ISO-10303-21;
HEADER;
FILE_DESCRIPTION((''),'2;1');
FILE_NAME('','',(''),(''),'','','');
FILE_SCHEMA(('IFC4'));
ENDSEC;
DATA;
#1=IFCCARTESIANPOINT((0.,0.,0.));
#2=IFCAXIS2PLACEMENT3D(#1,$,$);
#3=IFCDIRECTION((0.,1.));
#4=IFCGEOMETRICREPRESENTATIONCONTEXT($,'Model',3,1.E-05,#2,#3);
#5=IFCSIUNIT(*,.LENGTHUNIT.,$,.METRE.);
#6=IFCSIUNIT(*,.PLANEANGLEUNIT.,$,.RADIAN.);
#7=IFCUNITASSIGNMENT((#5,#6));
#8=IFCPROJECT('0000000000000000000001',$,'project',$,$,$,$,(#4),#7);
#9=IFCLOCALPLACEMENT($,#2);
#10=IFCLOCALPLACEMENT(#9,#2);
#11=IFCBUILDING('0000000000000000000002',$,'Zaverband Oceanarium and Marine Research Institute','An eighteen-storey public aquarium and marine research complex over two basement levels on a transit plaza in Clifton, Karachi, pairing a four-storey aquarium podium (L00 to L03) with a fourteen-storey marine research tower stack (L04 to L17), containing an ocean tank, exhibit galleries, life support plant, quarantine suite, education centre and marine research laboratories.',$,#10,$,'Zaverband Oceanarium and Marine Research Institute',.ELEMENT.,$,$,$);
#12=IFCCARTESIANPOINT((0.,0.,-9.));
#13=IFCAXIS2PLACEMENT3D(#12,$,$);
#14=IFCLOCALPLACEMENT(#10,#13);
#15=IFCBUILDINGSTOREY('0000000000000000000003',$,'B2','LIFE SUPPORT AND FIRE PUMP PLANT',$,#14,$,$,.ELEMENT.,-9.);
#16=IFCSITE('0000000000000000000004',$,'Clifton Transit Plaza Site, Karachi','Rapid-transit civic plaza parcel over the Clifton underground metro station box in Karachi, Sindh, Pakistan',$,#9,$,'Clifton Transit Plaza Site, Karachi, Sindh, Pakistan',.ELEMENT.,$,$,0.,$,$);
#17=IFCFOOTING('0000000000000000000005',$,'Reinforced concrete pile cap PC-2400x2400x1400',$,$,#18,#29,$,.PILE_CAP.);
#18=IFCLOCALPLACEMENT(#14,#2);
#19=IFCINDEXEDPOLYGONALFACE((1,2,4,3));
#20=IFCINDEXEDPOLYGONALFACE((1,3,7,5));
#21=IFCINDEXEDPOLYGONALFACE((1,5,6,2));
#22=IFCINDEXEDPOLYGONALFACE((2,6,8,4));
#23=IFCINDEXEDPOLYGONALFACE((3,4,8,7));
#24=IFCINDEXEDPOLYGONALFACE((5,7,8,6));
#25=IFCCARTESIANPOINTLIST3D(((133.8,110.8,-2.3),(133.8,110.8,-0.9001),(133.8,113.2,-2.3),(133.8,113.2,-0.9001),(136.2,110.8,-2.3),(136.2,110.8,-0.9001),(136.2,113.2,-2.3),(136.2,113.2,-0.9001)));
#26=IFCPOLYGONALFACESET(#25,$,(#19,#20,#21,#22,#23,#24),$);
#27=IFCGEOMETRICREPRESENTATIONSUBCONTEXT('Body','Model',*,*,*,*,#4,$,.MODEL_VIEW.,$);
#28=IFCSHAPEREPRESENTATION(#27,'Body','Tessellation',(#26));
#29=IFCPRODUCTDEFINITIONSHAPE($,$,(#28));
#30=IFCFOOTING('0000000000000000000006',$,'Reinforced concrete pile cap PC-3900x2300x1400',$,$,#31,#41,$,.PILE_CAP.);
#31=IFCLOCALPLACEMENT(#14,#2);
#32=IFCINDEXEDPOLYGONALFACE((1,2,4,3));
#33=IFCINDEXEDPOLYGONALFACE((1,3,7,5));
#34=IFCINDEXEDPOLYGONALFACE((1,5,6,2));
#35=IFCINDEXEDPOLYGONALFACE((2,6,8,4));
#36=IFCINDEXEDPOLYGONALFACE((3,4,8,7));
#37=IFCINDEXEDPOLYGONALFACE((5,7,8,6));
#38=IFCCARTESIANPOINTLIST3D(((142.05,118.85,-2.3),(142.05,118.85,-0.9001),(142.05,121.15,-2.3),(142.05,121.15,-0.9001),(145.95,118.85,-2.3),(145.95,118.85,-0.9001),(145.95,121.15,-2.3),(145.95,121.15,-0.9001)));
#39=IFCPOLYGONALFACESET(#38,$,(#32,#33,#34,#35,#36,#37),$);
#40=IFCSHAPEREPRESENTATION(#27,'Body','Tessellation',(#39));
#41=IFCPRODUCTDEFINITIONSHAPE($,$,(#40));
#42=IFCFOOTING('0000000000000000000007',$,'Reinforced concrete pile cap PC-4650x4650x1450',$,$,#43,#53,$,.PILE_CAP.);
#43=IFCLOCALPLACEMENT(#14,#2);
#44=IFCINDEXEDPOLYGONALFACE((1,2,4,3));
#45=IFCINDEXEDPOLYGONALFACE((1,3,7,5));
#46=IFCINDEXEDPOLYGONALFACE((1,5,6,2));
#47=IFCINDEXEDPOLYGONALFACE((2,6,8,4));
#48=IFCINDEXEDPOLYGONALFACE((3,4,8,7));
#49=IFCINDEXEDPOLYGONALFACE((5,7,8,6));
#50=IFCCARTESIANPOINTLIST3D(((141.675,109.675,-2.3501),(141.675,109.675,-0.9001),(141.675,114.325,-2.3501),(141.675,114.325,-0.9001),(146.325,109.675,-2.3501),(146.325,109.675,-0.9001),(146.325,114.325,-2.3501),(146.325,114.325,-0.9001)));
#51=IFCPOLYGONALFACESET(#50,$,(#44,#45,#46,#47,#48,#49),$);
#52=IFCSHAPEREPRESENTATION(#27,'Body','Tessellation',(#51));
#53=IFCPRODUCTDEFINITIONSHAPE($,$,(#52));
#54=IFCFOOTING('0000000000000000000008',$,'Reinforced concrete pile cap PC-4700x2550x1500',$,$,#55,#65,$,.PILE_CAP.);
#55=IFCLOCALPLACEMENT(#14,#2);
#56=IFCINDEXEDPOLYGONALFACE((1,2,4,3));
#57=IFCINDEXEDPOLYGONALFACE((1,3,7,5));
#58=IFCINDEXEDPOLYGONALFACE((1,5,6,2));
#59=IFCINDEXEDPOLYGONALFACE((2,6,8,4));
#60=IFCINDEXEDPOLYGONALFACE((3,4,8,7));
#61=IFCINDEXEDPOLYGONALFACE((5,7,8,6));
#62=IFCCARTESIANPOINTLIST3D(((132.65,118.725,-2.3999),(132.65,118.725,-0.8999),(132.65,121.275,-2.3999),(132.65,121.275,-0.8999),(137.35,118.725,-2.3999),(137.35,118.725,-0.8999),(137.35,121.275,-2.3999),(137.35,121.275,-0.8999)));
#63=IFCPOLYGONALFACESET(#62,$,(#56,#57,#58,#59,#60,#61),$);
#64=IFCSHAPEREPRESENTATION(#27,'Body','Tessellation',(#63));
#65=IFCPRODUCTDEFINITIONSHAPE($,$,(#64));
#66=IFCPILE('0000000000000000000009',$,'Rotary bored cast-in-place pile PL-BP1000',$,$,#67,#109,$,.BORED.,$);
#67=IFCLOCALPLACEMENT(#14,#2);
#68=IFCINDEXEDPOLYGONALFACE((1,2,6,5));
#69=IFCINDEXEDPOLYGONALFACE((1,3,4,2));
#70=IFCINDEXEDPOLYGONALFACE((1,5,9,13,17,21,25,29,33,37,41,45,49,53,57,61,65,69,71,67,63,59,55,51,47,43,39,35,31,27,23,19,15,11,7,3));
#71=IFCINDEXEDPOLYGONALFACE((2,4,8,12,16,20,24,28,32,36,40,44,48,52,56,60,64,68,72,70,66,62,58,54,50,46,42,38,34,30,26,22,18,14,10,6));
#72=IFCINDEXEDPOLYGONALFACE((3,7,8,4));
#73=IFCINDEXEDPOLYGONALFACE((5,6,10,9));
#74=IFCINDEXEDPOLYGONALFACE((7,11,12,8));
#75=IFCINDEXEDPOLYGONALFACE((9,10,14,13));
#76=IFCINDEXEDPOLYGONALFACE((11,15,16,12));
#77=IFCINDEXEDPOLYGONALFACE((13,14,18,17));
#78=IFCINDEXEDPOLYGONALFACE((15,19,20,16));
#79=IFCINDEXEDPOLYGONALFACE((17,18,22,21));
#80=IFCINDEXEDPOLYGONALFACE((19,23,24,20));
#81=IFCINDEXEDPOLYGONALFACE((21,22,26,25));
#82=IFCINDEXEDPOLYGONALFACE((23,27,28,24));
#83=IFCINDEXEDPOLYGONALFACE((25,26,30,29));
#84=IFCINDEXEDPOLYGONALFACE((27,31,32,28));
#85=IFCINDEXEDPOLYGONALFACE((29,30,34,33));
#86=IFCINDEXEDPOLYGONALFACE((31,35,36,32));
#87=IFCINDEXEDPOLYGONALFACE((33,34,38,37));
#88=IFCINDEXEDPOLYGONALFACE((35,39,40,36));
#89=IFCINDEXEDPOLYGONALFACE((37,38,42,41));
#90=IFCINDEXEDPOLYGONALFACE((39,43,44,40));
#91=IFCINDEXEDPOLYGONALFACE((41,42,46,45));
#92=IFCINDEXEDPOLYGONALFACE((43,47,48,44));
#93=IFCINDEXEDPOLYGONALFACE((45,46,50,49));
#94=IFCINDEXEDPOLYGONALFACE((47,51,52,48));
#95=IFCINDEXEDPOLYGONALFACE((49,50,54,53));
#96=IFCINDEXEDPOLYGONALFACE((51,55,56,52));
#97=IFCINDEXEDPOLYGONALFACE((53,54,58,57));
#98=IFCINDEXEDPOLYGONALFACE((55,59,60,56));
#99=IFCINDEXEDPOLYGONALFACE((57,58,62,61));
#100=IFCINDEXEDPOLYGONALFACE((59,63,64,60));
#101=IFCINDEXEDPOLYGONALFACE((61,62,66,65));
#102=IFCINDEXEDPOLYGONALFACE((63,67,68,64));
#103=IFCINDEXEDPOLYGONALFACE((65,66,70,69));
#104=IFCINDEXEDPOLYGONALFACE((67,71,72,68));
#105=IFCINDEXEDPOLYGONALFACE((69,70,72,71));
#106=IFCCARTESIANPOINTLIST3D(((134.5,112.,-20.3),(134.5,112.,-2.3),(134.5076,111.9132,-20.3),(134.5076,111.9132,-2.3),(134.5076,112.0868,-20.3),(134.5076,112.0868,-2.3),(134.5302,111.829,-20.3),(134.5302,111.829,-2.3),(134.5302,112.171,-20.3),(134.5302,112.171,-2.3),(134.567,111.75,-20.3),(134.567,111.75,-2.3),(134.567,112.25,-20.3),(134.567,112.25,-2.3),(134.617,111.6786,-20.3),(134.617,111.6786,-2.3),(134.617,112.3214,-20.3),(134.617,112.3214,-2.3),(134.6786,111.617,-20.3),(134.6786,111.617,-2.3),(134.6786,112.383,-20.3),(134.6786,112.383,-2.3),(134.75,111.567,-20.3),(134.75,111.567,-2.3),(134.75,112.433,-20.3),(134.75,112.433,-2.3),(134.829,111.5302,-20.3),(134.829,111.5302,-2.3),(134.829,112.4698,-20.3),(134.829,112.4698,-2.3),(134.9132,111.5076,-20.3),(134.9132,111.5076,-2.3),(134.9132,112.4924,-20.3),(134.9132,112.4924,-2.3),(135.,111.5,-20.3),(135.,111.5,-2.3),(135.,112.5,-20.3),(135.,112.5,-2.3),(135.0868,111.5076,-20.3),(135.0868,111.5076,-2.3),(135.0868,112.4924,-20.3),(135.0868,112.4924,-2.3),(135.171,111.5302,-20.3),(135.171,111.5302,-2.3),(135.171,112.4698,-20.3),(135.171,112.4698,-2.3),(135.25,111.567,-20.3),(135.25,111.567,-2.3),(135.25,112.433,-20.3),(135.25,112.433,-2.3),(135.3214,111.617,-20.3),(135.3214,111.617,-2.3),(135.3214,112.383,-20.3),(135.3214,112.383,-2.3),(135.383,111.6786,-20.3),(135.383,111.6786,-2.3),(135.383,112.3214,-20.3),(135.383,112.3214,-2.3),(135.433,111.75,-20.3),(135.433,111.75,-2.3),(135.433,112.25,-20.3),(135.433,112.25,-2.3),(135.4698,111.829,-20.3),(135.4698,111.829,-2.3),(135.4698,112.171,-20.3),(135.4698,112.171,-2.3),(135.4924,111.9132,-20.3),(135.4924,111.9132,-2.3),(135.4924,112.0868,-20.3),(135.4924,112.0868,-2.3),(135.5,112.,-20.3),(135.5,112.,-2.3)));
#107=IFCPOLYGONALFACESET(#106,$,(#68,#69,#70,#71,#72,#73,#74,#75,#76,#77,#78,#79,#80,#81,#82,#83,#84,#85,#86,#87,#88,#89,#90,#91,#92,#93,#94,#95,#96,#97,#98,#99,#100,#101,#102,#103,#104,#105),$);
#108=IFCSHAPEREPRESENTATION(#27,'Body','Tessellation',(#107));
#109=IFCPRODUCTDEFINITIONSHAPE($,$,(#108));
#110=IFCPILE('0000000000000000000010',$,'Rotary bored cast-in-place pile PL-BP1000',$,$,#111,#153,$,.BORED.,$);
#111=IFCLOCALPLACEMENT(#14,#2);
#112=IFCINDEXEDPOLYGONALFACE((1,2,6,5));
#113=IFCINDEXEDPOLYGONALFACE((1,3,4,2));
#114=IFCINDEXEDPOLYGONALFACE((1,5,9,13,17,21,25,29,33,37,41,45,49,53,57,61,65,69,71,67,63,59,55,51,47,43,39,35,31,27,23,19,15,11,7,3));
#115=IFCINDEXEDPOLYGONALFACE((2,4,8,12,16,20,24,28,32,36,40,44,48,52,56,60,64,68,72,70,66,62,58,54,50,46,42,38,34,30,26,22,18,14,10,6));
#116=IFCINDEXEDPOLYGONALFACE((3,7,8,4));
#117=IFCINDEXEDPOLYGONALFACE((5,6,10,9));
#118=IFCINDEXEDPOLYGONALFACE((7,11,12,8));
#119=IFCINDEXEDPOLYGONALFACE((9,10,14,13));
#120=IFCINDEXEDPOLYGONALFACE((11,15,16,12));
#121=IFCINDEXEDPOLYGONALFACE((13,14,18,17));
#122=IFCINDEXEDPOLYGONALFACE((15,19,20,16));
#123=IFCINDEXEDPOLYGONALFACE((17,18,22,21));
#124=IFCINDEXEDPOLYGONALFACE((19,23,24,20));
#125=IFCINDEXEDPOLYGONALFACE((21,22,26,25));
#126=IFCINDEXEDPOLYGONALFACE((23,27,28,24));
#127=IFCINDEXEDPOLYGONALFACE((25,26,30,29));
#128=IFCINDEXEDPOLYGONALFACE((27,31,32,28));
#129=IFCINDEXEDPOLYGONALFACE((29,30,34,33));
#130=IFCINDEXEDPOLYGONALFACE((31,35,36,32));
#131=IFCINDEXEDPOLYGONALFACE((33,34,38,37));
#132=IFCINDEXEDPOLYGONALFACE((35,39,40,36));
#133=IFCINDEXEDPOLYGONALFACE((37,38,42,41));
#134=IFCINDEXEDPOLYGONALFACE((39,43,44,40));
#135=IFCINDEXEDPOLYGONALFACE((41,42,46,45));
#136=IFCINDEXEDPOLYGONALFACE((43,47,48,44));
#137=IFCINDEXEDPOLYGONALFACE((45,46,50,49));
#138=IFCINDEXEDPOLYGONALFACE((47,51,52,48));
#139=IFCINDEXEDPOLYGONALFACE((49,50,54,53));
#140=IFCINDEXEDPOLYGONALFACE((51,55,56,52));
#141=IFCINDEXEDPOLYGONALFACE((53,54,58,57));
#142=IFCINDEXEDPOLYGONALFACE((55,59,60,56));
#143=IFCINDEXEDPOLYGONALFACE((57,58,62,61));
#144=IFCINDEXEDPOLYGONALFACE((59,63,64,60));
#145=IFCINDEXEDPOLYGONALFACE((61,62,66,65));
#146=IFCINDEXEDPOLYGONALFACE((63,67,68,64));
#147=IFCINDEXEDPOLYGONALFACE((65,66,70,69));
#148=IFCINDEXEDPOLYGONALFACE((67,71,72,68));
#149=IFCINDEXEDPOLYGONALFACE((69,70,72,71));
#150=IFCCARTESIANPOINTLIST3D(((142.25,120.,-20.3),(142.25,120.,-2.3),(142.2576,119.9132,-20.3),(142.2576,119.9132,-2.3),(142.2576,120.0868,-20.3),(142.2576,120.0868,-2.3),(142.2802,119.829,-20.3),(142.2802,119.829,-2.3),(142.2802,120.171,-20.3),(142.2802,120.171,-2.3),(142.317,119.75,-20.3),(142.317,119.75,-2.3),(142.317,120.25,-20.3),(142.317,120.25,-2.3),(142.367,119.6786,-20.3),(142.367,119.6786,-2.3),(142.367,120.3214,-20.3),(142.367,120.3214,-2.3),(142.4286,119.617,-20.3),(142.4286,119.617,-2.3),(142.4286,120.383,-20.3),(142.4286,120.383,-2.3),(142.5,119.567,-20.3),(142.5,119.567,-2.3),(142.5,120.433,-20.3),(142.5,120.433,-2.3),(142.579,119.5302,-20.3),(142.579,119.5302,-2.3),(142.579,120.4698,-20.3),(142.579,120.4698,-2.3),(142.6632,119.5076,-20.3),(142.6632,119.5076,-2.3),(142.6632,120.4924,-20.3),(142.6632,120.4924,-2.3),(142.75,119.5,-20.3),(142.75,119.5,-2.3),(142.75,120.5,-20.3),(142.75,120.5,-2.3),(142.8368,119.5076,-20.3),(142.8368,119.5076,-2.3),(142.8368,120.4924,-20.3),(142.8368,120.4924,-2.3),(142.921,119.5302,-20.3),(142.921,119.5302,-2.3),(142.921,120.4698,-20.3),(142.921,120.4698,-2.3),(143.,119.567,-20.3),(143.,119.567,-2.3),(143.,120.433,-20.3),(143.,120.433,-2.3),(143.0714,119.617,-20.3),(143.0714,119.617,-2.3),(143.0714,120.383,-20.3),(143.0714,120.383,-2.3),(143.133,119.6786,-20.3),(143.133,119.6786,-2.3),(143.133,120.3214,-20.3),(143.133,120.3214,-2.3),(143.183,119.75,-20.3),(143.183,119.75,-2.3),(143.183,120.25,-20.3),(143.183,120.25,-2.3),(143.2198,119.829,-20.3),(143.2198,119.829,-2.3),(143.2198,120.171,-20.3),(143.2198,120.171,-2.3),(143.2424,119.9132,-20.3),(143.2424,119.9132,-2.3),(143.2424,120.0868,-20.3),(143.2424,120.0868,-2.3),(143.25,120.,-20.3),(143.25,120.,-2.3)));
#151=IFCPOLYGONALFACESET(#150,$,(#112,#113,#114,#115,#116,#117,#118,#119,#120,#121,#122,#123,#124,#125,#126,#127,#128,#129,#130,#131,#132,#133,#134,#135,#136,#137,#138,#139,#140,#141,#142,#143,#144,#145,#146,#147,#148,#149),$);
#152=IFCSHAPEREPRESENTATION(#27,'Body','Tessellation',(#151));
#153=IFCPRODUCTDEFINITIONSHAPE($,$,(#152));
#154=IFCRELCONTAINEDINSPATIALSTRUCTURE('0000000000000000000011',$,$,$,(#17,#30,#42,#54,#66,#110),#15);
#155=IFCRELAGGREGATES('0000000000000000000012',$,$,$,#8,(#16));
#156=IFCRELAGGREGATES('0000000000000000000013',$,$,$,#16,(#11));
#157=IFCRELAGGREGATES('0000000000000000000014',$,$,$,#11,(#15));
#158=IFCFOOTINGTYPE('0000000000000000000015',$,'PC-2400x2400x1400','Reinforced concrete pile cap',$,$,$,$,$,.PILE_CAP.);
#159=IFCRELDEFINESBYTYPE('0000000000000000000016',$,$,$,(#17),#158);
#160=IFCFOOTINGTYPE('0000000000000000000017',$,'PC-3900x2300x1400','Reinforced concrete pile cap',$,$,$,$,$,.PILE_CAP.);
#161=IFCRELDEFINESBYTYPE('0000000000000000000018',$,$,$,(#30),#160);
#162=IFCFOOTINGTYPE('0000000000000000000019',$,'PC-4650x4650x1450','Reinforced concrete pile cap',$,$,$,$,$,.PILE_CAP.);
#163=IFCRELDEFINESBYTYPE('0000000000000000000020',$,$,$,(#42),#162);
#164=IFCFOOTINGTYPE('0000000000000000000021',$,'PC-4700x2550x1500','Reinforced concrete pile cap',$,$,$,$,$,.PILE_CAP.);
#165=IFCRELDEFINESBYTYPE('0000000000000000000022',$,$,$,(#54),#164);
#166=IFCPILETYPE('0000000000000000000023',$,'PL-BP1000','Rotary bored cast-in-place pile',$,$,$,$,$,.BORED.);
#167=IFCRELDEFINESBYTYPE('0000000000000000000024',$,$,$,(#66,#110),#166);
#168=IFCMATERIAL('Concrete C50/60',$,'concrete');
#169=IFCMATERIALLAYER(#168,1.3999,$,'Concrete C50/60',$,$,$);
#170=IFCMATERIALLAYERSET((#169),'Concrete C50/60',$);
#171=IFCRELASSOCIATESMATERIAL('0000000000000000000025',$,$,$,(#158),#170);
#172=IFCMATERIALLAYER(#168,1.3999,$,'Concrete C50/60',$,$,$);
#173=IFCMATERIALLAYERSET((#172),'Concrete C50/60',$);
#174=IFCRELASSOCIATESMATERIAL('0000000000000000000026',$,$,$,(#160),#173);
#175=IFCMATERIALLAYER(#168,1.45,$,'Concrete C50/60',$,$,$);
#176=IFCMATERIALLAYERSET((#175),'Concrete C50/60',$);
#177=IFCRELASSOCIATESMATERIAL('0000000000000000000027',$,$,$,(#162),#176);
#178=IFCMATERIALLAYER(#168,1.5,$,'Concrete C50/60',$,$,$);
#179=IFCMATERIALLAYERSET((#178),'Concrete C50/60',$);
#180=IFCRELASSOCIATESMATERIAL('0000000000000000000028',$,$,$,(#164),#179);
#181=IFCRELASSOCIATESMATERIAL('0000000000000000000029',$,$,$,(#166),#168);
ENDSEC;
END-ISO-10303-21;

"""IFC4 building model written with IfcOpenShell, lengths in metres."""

from ifc_helpers import new_model, si_unit, direction, frame, origin, origin_2d, place, context, subcontext, project, spatial, rectangle, circle, extrude, material, layer, layer_set, material_profile, profile_set, type_object, element, save


model = new_model("IFC4")

# Units and contexts
model_context = context("Model", 3, precision=1e-05, world=origin(), true_north=direction((0.0, 1.0)))
body_context = subcontext(model_context, "Body", "Model", "MODEL_VIEW")
ifc_project = project(units=[si_unit("LENGTHUNIT", "METRE"), si_unit("PLANEANGLEUNIT", "RADIAN")], contexts=[model_context])

# Site, building, storey
site_placement = place(None, origin())
site = spatial("IfcSite", under=ifc_project, at=site_placement, Name="Clifton Transit Plaza Site, Karachi", Description="Rapid-transit civic plaza parcel over the Clifton underground metro station box in Karachi, Sindh, Pakistan", LongName="Clifton Transit Plaza Site, Karachi, Sindh, Pakistan", CompositionType="ELEMENT", RefElevation=0.0)
building_placement = place(site_placement, origin())
building = spatial("IfcBuilding", under=site, at=building_placement, Name="Zaverband Oceanarium and Marine Research Institute", Description="An eighteen-storey public aquarium and marine research complex over two basement levels on a transit plaza in Clifton, Karachi, pairing a four-storey aquarium podium (L00 to L03) with a fourteen-storey marine research tower stack (L04 to L17), containing an ocean tank, exhibit galleries, life support plant, quarantine suite, education centre and marine research laboratories.", LongName="Zaverband Oceanarium and Marine Research Institute", CompositionType="ELEMENT")
storey_placement = place(building_placement, frame((0.0, 0.0, -9.0)))
storey = spatial("IfcBuildingStorey", under=building, at=storey_placement, Name="B2", Description="LIFE SUPPORT AND FIRE PUMP PLANT", CompositionType="ELEMENT", Elevation=-9.0)

# Footings
ifc_material_1 = material(Name="Concrete C50/60", Category="concrete")
ifc_layer_1 = layer(ifc_material_1, 1.3999, Name="Concrete C50/60")
ifc_layer_set_1 = layer_set([ifc_layer_1], Name="Concrete C50/60")
footing_type_1 = type_object("IfcFootingType", Name="PC-2400x2400x1400", Description="Reinforced concrete pile cap", PredefinedType="PILE_CAP", material=ifc_layer_set_1)
footing_1_placement = place(storey_placement, frame((135.0, 112.0, -2.3), z_axis=(0.0, 0.0, 1.0), x_axis=(1.0, 0.0, 0.0)))
element("IfcFooting", 1, at=footing_1_placement, inside=storey, type_object=footing_type_1, Name="Reinforced concrete pile cap PC-2400x2400x1400", PredefinedType="PILE_CAP", context=body_context, shape_type="SweptSolid", body=[
    extrude(rectangle(XDim=2.3999, YDim=2.3999, at=origin_2d()), origin(), (0.0, 0.0, 1.0), 1.3999),
])
ifc_layer_2 = layer(ifc_material_1, 1.3999, Name="Concrete C50/60")
ifc_layer_set_2 = layer_set([ifc_layer_2], Name="Concrete C50/60")
footing_type_2 = type_object("IfcFootingType", Name="PC-3900x2300x1400", Description="Reinforced concrete pile cap", PredefinedType="PILE_CAP", material=ifc_layer_set_2)
footing_2_placement = place(storey_placement, frame((144.0, 120.0, -2.3), z_axis=(0.0, 0.0, 1.0), x_axis=(1.0, 0.0, 0.0)))
element("IfcFooting", 2, at=footing_2_placement, inside=storey, type_object=footing_type_2, Name="Reinforced concrete pile cap PC-3900x2300x1400", PredefinedType="PILE_CAP", context=body_context, shape_type="SweptSolid", body=[
    extrude(rectangle(XDim=3.8999, YDim=2.3, at=origin_2d()), origin(), (0.0, 0.0, 1.0), 1.3999),
])
ifc_layer_3 = layer(ifc_material_1, 1.45, Name="Concrete C50/60")
ifc_layer_set_3 = layer_set([ifc_layer_3], Name="Concrete C50/60")
footing_type_3 = type_object("IfcFootingType", Name="PC-4650x4650x1450", Description="Reinforced concrete pile cap", PredefinedType="PILE_CAP", material=ifc_layer_set_3)
footing_3_placement = place(storey_placement, frame((144.0, 112.0, -2.3501), z_axis=(0.0, 0.0, 1.0), x_axis=(1.0, 0.0, 0.0)))
element("IfcFooting", 3, at=footing_3_placement, inside=storey, type_object=footing_type_3, Name="Reinforced concrete pile cap PC-4650x4650x1450", PredefinedType="PILE_CAP", context=body_context, shape_type="SweptSolid", body=[
    extrude(rectangle(XDim=4.6499, YDim=4.6499, at=origin_2d()), origin(), (0.0, 0.0, 1.0), 1.45),
])
ifc_layer_4 = layer(ifc_material_1, 1.5, Name="Concrete C50/60")
ifc_layer_set_4 = layer_set([ifc_layer_4], Name="Concrete C50/60")
footing_type_4 = type_object("IfcFootingType", Name="PC-4700x2550x1500", Description="Reinforced concrete pile cap", PredefinedType="PILE_CAP", material=ifc_layer_set_4)
footing_4_placement = place(storey_placement, frame((135.0, 120.0, -2.3999), z_axis=(0.0, 0.0, 1.0), x_axis=(1.0, 0.0, 0.0)))
element("IfcFooting", 4, at=footing_4_placement, inside=storey, type_object=footing_type_4, Name="Reinforced concrete pile cap PC-4700x2550x1500", PredefinedType="PILE_CAP", context=body_context, shape_type="SweptSolid", body=[
    extrude(rectangle(XDim=4.7, YDim=2.55, at=origin_2d()), origin(), (0.0, 0.0, 1.0), 1.5),
])

# Piles
ifc_material_profile_1 = material_profile(ifc_material_1, circle(Radius=0.5, at=origin_2d()), Name="BP1000")
ifc_profile_set_1 = profile_set([ifc_material_profile_1], Name="Concrete C50/60")
pile_type_1 = type_object("IfcPileType", Name="PL-BP1000", Description="Rotary bored cast-in-place pile", PredefinedType="BORED", material=ifc_profile_set_1)
for number, where, z_axis, x_axis, name in (
    (5, (135.0, 112.0, -2.3), (0.0, 0.0, -1.0), (1.0, 0.0, 0.0), "Rotary bored cast-in-place pile PL-BP1000"),
    (6, (142.75, 120.0, -2.3), (0.0, 0.0, -1.0), (1.0, 0.0, 0.0), "Rotary bored cast-in-place pile PL-BP1000"),
):
    element("IfcPile", number, at=place(storey_placement, frame(where, z_axis=z_axis, x_axis=x_axis)), inside=storey, type_object=pile_type_1, Name=name, PredefinedType="BORED", context=body_context, shape_type="SweptSolid", body=[
        extrude(circle(Radius=0.5, at=origin_2d()), origin(), (0.0, 0.0, 1.0), 18.0),
    ])

save(model, "model.ifc")
